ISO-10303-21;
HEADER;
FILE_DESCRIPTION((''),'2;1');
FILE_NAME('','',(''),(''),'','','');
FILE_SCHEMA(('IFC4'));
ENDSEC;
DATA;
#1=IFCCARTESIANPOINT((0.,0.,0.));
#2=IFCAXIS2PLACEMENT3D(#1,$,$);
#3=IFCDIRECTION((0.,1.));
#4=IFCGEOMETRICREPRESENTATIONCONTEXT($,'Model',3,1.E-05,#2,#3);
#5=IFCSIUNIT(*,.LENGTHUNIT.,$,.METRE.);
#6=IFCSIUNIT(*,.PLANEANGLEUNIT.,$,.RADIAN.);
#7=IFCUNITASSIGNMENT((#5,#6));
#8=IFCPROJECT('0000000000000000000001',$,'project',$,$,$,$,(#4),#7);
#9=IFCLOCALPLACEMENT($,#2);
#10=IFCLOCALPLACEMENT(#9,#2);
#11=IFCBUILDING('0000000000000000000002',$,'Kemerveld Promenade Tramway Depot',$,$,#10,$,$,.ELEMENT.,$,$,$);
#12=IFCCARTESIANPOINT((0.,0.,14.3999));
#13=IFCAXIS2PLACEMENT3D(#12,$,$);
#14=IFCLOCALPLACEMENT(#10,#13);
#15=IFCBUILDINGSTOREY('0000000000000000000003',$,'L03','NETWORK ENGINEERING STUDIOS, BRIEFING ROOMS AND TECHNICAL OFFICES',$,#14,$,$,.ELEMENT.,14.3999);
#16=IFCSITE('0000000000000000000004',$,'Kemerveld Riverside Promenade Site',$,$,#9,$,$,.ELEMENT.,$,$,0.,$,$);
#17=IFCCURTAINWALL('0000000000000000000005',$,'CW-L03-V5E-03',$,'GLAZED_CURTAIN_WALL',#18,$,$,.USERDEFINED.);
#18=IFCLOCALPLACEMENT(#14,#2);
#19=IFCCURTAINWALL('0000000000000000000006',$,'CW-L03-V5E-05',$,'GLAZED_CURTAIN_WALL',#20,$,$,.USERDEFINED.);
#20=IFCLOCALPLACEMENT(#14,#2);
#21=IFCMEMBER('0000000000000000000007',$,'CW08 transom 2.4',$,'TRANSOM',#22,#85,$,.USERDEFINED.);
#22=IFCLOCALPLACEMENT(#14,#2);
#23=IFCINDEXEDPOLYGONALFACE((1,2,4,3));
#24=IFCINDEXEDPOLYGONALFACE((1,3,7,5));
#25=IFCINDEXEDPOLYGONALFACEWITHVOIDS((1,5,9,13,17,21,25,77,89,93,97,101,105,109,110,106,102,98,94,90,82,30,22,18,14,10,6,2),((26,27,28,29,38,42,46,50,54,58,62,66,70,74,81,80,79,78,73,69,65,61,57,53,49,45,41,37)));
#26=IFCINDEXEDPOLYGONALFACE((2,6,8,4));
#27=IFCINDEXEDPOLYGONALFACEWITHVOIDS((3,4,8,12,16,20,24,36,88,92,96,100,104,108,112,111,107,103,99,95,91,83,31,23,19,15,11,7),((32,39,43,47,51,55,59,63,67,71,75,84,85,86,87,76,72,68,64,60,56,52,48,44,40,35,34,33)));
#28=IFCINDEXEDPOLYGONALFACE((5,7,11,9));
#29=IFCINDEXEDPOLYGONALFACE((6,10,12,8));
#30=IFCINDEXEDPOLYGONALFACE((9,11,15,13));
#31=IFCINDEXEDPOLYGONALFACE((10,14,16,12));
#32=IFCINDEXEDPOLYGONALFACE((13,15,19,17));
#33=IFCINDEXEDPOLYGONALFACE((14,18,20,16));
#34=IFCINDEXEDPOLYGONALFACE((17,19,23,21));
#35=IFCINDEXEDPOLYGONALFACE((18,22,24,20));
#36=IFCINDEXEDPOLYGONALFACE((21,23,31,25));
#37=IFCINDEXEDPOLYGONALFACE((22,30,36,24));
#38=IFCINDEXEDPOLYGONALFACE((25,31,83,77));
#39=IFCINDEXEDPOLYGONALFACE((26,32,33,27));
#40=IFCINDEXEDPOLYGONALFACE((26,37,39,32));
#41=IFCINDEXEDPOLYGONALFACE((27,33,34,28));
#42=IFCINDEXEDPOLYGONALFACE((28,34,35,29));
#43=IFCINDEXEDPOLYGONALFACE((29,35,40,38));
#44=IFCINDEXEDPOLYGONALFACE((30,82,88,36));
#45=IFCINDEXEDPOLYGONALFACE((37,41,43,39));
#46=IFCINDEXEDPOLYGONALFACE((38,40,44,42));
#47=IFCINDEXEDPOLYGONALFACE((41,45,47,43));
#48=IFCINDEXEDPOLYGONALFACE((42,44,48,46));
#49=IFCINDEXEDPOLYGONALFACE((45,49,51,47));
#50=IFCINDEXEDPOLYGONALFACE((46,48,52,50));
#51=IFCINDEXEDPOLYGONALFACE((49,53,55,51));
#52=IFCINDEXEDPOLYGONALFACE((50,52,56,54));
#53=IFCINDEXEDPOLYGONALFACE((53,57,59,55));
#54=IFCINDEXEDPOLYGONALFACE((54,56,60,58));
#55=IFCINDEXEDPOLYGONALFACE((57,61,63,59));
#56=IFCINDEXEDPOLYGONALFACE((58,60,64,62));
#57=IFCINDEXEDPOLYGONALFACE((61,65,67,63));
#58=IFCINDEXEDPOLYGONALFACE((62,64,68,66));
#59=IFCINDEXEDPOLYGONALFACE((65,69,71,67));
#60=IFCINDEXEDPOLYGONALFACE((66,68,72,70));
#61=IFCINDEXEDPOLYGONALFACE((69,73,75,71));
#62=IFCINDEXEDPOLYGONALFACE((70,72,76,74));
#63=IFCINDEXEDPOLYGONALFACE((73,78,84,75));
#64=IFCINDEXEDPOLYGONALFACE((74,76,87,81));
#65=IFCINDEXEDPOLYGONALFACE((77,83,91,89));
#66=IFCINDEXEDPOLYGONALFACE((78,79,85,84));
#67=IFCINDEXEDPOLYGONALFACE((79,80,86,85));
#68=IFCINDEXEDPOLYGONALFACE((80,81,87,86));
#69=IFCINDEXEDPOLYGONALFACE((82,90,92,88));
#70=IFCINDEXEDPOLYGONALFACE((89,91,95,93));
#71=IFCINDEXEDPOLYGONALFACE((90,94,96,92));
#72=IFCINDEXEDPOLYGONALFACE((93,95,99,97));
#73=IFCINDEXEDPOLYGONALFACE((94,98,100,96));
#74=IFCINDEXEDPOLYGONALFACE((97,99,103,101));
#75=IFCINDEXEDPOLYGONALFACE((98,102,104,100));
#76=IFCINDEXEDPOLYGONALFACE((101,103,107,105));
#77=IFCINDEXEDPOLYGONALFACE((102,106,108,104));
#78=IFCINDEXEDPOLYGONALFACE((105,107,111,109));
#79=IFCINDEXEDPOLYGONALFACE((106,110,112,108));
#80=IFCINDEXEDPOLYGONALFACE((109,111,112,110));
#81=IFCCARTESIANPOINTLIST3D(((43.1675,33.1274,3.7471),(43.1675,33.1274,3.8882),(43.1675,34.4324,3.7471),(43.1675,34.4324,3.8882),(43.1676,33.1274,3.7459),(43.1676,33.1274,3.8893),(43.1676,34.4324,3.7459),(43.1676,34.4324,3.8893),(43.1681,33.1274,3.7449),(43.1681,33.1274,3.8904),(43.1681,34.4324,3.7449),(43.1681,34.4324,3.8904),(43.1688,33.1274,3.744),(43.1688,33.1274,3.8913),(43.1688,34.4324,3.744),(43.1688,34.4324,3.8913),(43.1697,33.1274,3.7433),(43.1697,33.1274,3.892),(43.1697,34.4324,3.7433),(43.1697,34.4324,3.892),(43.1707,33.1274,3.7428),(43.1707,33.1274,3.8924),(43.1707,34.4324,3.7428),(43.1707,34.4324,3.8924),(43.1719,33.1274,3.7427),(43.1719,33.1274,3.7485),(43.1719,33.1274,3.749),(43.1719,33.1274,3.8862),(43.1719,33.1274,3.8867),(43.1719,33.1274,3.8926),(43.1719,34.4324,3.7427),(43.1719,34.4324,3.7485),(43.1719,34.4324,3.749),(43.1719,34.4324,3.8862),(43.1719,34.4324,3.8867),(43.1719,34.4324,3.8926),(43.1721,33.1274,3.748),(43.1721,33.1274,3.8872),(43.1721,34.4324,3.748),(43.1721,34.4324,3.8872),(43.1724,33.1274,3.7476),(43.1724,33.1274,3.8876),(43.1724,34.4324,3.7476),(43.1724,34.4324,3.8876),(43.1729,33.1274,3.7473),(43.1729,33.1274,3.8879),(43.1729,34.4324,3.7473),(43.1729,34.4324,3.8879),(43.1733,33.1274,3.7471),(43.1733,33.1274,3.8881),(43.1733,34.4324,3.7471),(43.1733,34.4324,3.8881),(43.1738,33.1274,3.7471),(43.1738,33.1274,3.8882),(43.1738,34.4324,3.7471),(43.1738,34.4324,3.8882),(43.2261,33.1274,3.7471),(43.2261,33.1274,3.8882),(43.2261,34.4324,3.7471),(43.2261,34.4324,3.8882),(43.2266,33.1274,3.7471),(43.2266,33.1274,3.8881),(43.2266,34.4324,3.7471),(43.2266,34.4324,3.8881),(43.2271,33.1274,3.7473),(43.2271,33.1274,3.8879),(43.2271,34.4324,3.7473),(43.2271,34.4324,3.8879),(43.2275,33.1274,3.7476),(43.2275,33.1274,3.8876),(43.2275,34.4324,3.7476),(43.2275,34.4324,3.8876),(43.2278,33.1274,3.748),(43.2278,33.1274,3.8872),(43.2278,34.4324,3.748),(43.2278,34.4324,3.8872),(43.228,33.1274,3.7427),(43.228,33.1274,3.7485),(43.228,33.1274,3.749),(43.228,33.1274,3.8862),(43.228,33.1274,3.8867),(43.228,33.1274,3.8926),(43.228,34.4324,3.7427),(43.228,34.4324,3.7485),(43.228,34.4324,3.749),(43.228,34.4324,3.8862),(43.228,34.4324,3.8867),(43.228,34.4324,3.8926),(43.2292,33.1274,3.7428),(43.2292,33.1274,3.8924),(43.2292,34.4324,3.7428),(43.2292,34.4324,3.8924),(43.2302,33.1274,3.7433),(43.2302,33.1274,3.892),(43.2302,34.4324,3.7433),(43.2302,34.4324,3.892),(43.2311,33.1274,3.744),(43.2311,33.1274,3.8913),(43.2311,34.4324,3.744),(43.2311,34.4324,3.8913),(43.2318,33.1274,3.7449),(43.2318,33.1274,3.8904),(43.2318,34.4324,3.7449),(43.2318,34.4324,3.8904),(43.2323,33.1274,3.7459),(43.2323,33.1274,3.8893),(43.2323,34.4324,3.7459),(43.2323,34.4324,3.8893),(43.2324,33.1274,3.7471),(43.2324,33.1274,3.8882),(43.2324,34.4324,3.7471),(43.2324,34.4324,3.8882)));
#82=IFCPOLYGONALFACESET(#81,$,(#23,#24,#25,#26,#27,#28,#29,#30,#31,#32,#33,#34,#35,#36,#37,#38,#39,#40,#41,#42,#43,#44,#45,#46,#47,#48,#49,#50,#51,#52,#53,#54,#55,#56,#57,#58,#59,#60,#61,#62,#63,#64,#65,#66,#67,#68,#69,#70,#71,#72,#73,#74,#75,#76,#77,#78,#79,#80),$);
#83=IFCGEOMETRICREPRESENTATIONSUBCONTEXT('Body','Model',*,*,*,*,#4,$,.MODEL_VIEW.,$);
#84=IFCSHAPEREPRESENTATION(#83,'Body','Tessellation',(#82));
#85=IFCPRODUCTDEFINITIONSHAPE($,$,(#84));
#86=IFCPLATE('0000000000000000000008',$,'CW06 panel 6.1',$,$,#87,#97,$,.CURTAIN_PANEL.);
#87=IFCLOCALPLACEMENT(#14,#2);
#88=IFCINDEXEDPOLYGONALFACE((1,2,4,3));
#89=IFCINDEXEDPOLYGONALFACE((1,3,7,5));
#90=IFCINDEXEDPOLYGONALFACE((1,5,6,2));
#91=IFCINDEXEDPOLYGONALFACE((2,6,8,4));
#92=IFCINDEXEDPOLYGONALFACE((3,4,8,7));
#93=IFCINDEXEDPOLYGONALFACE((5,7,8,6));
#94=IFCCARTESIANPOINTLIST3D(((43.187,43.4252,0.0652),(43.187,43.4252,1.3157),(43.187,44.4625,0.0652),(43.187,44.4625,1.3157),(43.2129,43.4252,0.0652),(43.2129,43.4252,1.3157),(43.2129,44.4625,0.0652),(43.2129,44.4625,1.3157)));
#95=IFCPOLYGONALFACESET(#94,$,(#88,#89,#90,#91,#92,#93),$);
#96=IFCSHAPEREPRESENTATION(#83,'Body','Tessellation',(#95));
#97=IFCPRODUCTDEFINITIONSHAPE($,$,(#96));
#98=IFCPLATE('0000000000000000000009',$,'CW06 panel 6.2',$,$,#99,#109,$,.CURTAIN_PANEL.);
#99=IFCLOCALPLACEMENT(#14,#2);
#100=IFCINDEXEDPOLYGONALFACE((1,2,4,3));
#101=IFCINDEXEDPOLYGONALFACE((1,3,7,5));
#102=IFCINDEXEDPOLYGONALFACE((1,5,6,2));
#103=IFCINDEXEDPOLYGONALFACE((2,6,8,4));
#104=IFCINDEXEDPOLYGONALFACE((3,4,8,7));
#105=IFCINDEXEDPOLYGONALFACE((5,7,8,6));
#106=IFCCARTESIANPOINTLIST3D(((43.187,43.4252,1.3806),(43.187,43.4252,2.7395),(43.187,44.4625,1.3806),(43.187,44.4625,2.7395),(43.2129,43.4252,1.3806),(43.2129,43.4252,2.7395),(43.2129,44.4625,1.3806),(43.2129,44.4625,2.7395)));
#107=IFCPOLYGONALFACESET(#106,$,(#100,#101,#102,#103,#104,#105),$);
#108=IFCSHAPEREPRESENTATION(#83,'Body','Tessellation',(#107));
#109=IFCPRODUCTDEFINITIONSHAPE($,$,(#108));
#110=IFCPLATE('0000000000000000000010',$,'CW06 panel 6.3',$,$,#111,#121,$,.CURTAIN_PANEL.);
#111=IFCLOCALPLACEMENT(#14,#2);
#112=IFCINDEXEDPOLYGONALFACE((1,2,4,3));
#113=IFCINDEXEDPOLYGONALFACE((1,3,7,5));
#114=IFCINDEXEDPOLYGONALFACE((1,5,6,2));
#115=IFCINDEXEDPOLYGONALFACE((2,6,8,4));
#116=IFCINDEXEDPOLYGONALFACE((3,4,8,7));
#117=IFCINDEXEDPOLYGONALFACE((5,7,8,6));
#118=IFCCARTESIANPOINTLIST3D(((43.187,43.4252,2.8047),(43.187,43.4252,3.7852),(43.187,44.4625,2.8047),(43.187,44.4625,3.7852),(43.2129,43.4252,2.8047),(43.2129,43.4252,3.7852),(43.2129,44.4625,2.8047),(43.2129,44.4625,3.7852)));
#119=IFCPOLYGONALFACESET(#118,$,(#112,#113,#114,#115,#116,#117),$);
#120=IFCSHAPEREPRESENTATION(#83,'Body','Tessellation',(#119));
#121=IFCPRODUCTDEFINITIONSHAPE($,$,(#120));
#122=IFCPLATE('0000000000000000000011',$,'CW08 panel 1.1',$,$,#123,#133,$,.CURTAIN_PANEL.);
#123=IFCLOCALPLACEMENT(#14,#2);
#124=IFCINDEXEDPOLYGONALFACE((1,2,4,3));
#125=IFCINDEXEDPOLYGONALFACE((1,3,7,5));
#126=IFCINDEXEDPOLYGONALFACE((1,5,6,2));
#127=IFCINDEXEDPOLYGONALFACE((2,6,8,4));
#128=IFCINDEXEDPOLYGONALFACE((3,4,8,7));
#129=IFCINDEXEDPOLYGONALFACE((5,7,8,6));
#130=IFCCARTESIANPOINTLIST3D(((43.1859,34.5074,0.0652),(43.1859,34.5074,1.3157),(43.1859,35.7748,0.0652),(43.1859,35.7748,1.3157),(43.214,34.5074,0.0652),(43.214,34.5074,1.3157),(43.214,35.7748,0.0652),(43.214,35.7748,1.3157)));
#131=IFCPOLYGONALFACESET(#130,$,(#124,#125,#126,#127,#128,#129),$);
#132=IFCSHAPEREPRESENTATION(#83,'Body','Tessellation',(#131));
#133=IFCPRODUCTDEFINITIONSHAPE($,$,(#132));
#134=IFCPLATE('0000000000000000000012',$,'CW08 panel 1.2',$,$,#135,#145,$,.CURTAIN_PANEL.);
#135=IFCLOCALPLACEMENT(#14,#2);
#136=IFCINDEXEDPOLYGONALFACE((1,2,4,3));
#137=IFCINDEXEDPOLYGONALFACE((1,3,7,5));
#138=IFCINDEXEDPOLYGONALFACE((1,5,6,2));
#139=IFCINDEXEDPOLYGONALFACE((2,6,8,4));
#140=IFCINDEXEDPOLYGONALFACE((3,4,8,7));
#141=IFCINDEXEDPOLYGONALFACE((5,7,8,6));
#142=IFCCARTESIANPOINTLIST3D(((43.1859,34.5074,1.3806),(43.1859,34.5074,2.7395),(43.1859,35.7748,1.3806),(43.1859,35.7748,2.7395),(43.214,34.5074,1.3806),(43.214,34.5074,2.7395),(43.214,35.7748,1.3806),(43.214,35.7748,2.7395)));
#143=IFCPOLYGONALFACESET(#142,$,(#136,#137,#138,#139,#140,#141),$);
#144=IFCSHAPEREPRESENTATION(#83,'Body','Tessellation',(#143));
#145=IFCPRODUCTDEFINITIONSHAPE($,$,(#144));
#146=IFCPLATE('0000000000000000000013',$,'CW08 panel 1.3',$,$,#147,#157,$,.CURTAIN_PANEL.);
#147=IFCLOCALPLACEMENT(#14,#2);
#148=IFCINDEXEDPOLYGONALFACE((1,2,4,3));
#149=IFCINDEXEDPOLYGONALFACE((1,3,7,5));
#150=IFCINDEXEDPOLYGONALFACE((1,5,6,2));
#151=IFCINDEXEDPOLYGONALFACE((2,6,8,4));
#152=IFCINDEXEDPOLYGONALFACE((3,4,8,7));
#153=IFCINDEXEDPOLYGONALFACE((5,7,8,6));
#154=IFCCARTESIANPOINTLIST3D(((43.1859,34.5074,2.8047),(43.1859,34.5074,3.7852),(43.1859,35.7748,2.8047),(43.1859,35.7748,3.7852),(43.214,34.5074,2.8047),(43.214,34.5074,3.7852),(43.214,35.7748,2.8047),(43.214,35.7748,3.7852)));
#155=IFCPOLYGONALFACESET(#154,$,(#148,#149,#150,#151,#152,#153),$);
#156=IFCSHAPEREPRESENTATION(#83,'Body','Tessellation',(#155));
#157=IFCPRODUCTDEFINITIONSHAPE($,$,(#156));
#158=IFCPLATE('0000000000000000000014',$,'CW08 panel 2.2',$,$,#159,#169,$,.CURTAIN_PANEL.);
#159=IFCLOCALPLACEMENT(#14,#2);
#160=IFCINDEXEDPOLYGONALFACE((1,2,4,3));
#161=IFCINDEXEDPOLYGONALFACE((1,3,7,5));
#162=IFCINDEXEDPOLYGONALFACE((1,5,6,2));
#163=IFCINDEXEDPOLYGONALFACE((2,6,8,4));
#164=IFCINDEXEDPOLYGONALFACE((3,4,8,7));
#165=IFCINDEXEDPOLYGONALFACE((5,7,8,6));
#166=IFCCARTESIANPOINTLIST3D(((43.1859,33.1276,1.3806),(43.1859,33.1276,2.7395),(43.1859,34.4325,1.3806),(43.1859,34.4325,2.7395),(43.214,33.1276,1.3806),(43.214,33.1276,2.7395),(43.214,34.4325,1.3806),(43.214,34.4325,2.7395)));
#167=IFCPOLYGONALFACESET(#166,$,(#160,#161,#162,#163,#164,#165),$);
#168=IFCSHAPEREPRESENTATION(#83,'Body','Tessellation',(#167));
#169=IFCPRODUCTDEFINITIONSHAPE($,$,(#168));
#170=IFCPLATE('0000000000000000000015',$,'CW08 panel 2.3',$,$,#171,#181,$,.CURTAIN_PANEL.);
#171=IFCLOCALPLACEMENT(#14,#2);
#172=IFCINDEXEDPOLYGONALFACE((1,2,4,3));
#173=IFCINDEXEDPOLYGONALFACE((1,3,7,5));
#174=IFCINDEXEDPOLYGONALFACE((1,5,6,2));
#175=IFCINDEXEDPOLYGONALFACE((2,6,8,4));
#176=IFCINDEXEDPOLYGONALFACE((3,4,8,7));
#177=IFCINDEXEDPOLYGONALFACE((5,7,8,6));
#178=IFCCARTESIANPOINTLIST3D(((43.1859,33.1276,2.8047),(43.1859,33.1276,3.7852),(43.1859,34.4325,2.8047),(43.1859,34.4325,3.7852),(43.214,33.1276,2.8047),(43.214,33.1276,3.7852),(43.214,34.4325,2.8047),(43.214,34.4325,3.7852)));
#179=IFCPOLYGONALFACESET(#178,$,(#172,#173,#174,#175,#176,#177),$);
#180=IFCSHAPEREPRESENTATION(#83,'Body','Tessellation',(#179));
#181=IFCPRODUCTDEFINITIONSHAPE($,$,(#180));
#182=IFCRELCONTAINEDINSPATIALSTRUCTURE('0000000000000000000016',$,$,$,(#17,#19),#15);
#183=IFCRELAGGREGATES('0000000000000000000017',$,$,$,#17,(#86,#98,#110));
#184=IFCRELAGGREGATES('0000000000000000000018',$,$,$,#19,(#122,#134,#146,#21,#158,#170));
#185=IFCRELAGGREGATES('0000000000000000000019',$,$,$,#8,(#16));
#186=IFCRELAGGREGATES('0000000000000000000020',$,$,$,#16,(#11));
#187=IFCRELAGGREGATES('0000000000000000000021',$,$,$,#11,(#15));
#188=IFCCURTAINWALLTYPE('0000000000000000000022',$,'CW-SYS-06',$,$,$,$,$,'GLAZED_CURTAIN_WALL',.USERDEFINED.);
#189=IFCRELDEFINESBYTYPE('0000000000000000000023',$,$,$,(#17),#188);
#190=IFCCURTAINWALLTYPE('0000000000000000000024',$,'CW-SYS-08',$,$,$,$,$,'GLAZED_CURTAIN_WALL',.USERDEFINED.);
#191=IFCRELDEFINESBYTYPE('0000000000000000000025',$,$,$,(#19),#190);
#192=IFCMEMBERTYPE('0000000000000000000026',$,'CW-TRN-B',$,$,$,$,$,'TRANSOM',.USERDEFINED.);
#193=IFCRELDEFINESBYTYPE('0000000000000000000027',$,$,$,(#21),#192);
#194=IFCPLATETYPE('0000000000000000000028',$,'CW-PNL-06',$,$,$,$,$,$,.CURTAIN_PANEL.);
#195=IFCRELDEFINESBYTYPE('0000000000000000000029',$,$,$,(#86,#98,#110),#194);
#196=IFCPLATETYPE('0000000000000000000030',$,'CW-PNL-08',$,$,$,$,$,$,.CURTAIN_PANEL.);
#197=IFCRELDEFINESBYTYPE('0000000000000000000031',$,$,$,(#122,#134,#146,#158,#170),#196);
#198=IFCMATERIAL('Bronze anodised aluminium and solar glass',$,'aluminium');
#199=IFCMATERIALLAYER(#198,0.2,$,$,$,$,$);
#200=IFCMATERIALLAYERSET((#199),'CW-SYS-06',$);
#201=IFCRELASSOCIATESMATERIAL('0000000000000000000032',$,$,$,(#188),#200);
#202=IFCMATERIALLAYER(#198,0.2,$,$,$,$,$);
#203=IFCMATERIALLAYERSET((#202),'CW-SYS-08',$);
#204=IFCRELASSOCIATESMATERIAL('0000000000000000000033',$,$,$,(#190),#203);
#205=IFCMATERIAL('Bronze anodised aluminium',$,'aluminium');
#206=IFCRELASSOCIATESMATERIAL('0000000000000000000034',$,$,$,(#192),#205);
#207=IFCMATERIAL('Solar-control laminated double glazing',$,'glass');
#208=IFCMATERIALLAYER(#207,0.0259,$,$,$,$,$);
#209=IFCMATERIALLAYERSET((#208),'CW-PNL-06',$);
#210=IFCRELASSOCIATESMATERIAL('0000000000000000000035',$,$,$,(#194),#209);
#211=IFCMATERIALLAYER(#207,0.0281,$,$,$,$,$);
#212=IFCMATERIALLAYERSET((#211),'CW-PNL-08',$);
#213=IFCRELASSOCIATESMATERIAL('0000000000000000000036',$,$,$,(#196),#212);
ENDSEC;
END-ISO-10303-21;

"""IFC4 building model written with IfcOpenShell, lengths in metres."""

from ifc_helpers import new_model, si_unit, direction, frame, origin, origin_2d, place, context, subcontext, project, spatial, rectangle, hollow_rectangle, extrude, material, layer, layer_set, material_profile, profile_set, type_object, element, aggregate, save


model = new_model("IFC4")

# Units and contexts
model_context = context("Model", 3, precision=1e-05, world=origin(), true_north=direction((0.0, 1.0)))
body_context = subcontext(model_context, "Body", "Model", "MODEL_VIEW")
ifc_project = project(units=[si_unit("LENGTHUNIT", "METRE"), si_unit("PLANEANGLEUNIT", "RADIAN")], contexts=[model_context])

# Site, building, storey
site_placement = place(None, origin())
site = spatial("IfcSite", under=ifc_project, at=site_placement, Name="Kemerveld Riverside Promenade Site", CompositionType="ELEMENT", RefElevation=0.0)
building_placement = place(site_placement, origin())
building = spatial("IfcBuilding", under=site, at=building_placement, Name="Kemerveld Promenade Tramway Depot", CompositionType="ELEMENT")
storey_placement = place(building_placement, frame((0.0, 0.0, 14.3999)))
storey = spatial("IfcBuildingStorey", under=building, at=storey_placement, Name="L03", Description="NETWORK ENGINEERING STUDIOS, BRIEFING ROOMS AND TECHNICAL OFFICES", CompositionType="ELEMENT", Elevation=14.3999)

# Curtain wall
ifc_material_1 = material(Name="Bronze anodised aluminium and solar glass", Category="aluminium")
ifc_layer_1 = layer(ifc_material_1, 0.2)
ifc_layer_set_1 = layer_set([ifc_layer_1], Name="CW-SYS-06")
curtain_wall_type_1 = type_object("IfcCurtainWallType", Name="CW-SYS-06", ElementType="GLAZED_CURTAIN_WALL", PredefinedType="USERDEFINED", material=ifc_layer_set_1)
curtain_wall_1_placement = place(storey_placement, origin())
curtain_wall_1 = element("IfcCurtainWall", 1, at=curtain_wall_1_placement, inside=storey, type_object=curtain_wall_type_1, Name="CW-L03-V5E-03", ObjectType="GLAZED_CURTAIN_WALL", PredefinedType="USERDEFINED")
ifc_material_2 = material(Name="Bronze anodised aluminium", Category="aluminium")

# Curtain wall
ifc_layer_2 = layer(ifc_material_1, 0.2)
ifc_layer_set_2 = layer_set([ifc_layer_2], Name="CW-SYS-08")
curtain_wall_type_2 = type_object("IfcCurtainWallType", Name="CW-SYS-08", ElementType="GLAZED_CURTAIN_WALL", PredefinedType="USERDEFINED", material=ifc_layer_set_2)
curtain_wall_2_placement = place(storey_placement, origin())
curtain_wall_2 = element("IfcCurtainWall", 2, at=curtain_wall_2_placement, inside=storey, type_object=curtain_wall_type_2, Name="CW-L03-V5E-05", ObjectType="GLAZED_CURTAIN_WALL", PredefinedType="USERDEFINED")

# Member
ifc_material_profile_1 = material_profile(ifc_material_2, hollow_rectangle(XDim=0.0649, YDim=0.1499, WallThickness=0.0044, InnerFilletRadius=0.002, OuterFilletRadius=0.0044, at=origin_2d()), Name="CW-TRN-150x65")
ifc_profile_set_1 = profile_set([ifc_material_profile_1], Name="Bronze anodised aluminium")
member_type_1 = type_object("IfcMemberType", Name="CW-TRN-B", ElementType="TRANSOM", PredefinedType="USERDEFINED", material=ifc_profile_set_1)
member_1_placement = place(storey_placement, frame((43.2, 34.4324, 3.8176), z_axis=(0.0, -1.0, 0.0), x_axis=(1.0, 0.0, 0.0)))
member_1 = element("IfcMember", 3, at=member_1_placement, type_object=member_type_1, Name="CW08 transom 2.4", ObjectType="TRANSOM", PredefinedType="USERDEFINED", context=body_context, shape_type="SweptSolid", body=[
    extrude(hollow_rectangle(XDim=0.0649, YDim=0.1499, WallThickness=0.0044, InnerFilletRadius=0.002, OuterFilletRadius=0.0044, at=origin_2d()), origin(), (0.0, 0.0, 1.0), 1.3049),
])

# Plates
ifc_material_3 = material(Name="Solar-control laminated double glazing", Category="glass")
ifc_layer_3 = layer(ifc_material_3, 0.0259)
ifc_layer_set_3 = layer_set([ifc_layer_3], Name="CW-PNL-06")
plate_type_1 = type_object("IfcPlateType", Name="CW-PNL-06", PredefinedType="CURTAIN_PANEL", material=ifc_layer_set_3)
plate_1_placement = place(storey_placement, frame((43.2, 43.9438, 0.0652), z_axis=(0.0, 0.0, 1.0), x_axis=(0.0, -1.0, 0.0)))
plate_1 = element("IfcPlate", 4, at=plate_1_placement, type_object=plate_type_1, Name="CW06 panel 6.1", PredefinedType="CURTAIN_PANEL", context=body_context, shape_type="SweptSolid", body=[
    extrude(rectangle(XDim=1.0374, YDim=0.0259, at=origin_2d()), origin(), (0.0, 0.0, 1.0), 1.2505),
])
plate_2_placement = place(storey_placement, frame((43.2, 43.9438, 1.3806), z_axis=(0.0, 0.0, 1.0), x_axis=(0.0, -1.0, 0.0)))
plate_2 = element("IfcPlate", 5, at=plate_2_placement, type_object=plate_type_1, Name="CW06 panel 6.2", PredefinedType="CURTAIN_PANEL", context=body_context, shape_type="SweptSolid", body=[
    extrude(rectangle(XDim=1.0374, YDim=0.0259, at=origin_2d()), origin(), (0.0, 0.0, 1.0), 1.3589),
])
plate_3_placement = place(storey_placement, frame((43.2, 43.9438, 2.8047), z_axis=(0.0, 0.0, 1.0), x_axis=(0.0, -1.0, 0.0)))
plate_3 = element("IfcPlate", 6, at=plate_3_placement, type_object=plate_type_1, Name="CW06 panel 6.3", PredefinedType="CURTAIN_PANEL", context=body_context, shape_type="SweptSolid", body=[
    extrude(rectangle(XDim=1.0374, YDim=0.0259, at=origin_2d()), origin(), (0.0, 0.0, 1.0), 0.9805),
])
aggregate(curtain_wall_1, [plate_1, plate_2, plate_3])
ifc_layer_4 = layer(ifc_material_3, 0.0281)
ifc_layer_set_4 = layer_set([ifc_layer_4], Name="CW-PNL-08")
plate_type_2 = type_object("IfcPlateType", Name="CW-PNL-08", PredefinedType="CURTAIN_PANEL", material=ifc_layer_set_4)
plate_4_placement = place(storey_placement, frame((43.2, 35.1411, 0.0652), z_axis=(0.0, 0.0, 1.0), x_axis=(0.0, -1.0, 0.0)))
plate_4 = element("IfcPlate", 7, at=plate_4_placement, type_object=plate_type_2, Name="CW08 panel 1.1", PredefinedType="CURTAIN_PANEL", context=body_context, shape_type="SweptSolid", body=[
    extrude(rectangle(XDim=1.2673, YDim=0.0281, at=origin_2d()), origin(), (0.0, 0.0, 1.0), 1.2505),
])
plate_5_placement = place(storey_placement, frame((43.2, 35.1411, 1.3806), z_axis=(0.0, 0.0, 1.0), x_axis=(0.0, -1.0, 0.0)))
plate_5 = element("IfcPlate", 8, at=plate_5_placement, type_object=plate_type_2, Name="CW08 panel 1.2", PredefinedType="CURTAIN_PANEL", context=body_context, shape_type="SweptSolid", body=[
    extrude(rectangle(XDim=1.2673, YDim=0.0281, at=origin_2d()), origin(), (0.0, 0.0, 1.0), 1.3589),
])
plate_6_placement = place(storey_placement, frame((43.2, 35.1411, 2.8047), z_axis=(0.0, 0.0, 1.0), x_axis=(0.0, -1.0, 0.0)))
plate_6 = element("IfcPlate", 9, at=plate_6_placement, type_object=plate_type_2, Name="CW08 panel 1.3", PredefinedType="CURTAIN_PANEL", context=body_context, shape_type="SweptSolid", body=[
    extrude(rectangle(XDim=1.2673, YDim=0.0281, at=origin_2d()), origin(), (0.0, 0.0, 1.0), 0.9805),
])
plate_7_placement = place(storey_placement, frame((43.2, 33.78, 1.3806), z_axis=(0.0, 0.0, 1.0), x_axis=(0.0, -1.0, 0.0)))
plate_7 = element("IfcPlate", 10, at=plate_7_placement, type_object=plate_type_2, Name="CW08 panel 2.2", PredefinedType="CURTAIN_PANEL", context=body_context, shape_type="SweptSolid", body=[
    extrude(rectangle(XDim=1.3049, YDim=0.0281, at=origin_2d()), origin(), (0.0, 0.0, 1.0), 1.3589),
])
plate_8_placement = place(storey_placement, frame((43.2, 33.78, 2.8047), z_axis=(0.0, 0.0, 1.0), x_axis=(0.0, -1.0, 0.0)))
plate_8 = element("IfcPlate", 11, at=plate_8_placement, type_object=plate_type_2, Name="CW08 panel 2.3", PredefinedType="CURTAIN_PANEL", context=body_context, shape_type="SweptSolid", body=[
    extrude(rectangle(XDim=1.3049, YDim=0.0281, at=origin_2d()), origin(), (0.0, 0.0, 1.0), 0.9805),
])
aggregate(curtain_wall_2, [plate_4, plate_5, plate_6, member_1, plate_7, plate_8])

save(model, "model.ifc")
